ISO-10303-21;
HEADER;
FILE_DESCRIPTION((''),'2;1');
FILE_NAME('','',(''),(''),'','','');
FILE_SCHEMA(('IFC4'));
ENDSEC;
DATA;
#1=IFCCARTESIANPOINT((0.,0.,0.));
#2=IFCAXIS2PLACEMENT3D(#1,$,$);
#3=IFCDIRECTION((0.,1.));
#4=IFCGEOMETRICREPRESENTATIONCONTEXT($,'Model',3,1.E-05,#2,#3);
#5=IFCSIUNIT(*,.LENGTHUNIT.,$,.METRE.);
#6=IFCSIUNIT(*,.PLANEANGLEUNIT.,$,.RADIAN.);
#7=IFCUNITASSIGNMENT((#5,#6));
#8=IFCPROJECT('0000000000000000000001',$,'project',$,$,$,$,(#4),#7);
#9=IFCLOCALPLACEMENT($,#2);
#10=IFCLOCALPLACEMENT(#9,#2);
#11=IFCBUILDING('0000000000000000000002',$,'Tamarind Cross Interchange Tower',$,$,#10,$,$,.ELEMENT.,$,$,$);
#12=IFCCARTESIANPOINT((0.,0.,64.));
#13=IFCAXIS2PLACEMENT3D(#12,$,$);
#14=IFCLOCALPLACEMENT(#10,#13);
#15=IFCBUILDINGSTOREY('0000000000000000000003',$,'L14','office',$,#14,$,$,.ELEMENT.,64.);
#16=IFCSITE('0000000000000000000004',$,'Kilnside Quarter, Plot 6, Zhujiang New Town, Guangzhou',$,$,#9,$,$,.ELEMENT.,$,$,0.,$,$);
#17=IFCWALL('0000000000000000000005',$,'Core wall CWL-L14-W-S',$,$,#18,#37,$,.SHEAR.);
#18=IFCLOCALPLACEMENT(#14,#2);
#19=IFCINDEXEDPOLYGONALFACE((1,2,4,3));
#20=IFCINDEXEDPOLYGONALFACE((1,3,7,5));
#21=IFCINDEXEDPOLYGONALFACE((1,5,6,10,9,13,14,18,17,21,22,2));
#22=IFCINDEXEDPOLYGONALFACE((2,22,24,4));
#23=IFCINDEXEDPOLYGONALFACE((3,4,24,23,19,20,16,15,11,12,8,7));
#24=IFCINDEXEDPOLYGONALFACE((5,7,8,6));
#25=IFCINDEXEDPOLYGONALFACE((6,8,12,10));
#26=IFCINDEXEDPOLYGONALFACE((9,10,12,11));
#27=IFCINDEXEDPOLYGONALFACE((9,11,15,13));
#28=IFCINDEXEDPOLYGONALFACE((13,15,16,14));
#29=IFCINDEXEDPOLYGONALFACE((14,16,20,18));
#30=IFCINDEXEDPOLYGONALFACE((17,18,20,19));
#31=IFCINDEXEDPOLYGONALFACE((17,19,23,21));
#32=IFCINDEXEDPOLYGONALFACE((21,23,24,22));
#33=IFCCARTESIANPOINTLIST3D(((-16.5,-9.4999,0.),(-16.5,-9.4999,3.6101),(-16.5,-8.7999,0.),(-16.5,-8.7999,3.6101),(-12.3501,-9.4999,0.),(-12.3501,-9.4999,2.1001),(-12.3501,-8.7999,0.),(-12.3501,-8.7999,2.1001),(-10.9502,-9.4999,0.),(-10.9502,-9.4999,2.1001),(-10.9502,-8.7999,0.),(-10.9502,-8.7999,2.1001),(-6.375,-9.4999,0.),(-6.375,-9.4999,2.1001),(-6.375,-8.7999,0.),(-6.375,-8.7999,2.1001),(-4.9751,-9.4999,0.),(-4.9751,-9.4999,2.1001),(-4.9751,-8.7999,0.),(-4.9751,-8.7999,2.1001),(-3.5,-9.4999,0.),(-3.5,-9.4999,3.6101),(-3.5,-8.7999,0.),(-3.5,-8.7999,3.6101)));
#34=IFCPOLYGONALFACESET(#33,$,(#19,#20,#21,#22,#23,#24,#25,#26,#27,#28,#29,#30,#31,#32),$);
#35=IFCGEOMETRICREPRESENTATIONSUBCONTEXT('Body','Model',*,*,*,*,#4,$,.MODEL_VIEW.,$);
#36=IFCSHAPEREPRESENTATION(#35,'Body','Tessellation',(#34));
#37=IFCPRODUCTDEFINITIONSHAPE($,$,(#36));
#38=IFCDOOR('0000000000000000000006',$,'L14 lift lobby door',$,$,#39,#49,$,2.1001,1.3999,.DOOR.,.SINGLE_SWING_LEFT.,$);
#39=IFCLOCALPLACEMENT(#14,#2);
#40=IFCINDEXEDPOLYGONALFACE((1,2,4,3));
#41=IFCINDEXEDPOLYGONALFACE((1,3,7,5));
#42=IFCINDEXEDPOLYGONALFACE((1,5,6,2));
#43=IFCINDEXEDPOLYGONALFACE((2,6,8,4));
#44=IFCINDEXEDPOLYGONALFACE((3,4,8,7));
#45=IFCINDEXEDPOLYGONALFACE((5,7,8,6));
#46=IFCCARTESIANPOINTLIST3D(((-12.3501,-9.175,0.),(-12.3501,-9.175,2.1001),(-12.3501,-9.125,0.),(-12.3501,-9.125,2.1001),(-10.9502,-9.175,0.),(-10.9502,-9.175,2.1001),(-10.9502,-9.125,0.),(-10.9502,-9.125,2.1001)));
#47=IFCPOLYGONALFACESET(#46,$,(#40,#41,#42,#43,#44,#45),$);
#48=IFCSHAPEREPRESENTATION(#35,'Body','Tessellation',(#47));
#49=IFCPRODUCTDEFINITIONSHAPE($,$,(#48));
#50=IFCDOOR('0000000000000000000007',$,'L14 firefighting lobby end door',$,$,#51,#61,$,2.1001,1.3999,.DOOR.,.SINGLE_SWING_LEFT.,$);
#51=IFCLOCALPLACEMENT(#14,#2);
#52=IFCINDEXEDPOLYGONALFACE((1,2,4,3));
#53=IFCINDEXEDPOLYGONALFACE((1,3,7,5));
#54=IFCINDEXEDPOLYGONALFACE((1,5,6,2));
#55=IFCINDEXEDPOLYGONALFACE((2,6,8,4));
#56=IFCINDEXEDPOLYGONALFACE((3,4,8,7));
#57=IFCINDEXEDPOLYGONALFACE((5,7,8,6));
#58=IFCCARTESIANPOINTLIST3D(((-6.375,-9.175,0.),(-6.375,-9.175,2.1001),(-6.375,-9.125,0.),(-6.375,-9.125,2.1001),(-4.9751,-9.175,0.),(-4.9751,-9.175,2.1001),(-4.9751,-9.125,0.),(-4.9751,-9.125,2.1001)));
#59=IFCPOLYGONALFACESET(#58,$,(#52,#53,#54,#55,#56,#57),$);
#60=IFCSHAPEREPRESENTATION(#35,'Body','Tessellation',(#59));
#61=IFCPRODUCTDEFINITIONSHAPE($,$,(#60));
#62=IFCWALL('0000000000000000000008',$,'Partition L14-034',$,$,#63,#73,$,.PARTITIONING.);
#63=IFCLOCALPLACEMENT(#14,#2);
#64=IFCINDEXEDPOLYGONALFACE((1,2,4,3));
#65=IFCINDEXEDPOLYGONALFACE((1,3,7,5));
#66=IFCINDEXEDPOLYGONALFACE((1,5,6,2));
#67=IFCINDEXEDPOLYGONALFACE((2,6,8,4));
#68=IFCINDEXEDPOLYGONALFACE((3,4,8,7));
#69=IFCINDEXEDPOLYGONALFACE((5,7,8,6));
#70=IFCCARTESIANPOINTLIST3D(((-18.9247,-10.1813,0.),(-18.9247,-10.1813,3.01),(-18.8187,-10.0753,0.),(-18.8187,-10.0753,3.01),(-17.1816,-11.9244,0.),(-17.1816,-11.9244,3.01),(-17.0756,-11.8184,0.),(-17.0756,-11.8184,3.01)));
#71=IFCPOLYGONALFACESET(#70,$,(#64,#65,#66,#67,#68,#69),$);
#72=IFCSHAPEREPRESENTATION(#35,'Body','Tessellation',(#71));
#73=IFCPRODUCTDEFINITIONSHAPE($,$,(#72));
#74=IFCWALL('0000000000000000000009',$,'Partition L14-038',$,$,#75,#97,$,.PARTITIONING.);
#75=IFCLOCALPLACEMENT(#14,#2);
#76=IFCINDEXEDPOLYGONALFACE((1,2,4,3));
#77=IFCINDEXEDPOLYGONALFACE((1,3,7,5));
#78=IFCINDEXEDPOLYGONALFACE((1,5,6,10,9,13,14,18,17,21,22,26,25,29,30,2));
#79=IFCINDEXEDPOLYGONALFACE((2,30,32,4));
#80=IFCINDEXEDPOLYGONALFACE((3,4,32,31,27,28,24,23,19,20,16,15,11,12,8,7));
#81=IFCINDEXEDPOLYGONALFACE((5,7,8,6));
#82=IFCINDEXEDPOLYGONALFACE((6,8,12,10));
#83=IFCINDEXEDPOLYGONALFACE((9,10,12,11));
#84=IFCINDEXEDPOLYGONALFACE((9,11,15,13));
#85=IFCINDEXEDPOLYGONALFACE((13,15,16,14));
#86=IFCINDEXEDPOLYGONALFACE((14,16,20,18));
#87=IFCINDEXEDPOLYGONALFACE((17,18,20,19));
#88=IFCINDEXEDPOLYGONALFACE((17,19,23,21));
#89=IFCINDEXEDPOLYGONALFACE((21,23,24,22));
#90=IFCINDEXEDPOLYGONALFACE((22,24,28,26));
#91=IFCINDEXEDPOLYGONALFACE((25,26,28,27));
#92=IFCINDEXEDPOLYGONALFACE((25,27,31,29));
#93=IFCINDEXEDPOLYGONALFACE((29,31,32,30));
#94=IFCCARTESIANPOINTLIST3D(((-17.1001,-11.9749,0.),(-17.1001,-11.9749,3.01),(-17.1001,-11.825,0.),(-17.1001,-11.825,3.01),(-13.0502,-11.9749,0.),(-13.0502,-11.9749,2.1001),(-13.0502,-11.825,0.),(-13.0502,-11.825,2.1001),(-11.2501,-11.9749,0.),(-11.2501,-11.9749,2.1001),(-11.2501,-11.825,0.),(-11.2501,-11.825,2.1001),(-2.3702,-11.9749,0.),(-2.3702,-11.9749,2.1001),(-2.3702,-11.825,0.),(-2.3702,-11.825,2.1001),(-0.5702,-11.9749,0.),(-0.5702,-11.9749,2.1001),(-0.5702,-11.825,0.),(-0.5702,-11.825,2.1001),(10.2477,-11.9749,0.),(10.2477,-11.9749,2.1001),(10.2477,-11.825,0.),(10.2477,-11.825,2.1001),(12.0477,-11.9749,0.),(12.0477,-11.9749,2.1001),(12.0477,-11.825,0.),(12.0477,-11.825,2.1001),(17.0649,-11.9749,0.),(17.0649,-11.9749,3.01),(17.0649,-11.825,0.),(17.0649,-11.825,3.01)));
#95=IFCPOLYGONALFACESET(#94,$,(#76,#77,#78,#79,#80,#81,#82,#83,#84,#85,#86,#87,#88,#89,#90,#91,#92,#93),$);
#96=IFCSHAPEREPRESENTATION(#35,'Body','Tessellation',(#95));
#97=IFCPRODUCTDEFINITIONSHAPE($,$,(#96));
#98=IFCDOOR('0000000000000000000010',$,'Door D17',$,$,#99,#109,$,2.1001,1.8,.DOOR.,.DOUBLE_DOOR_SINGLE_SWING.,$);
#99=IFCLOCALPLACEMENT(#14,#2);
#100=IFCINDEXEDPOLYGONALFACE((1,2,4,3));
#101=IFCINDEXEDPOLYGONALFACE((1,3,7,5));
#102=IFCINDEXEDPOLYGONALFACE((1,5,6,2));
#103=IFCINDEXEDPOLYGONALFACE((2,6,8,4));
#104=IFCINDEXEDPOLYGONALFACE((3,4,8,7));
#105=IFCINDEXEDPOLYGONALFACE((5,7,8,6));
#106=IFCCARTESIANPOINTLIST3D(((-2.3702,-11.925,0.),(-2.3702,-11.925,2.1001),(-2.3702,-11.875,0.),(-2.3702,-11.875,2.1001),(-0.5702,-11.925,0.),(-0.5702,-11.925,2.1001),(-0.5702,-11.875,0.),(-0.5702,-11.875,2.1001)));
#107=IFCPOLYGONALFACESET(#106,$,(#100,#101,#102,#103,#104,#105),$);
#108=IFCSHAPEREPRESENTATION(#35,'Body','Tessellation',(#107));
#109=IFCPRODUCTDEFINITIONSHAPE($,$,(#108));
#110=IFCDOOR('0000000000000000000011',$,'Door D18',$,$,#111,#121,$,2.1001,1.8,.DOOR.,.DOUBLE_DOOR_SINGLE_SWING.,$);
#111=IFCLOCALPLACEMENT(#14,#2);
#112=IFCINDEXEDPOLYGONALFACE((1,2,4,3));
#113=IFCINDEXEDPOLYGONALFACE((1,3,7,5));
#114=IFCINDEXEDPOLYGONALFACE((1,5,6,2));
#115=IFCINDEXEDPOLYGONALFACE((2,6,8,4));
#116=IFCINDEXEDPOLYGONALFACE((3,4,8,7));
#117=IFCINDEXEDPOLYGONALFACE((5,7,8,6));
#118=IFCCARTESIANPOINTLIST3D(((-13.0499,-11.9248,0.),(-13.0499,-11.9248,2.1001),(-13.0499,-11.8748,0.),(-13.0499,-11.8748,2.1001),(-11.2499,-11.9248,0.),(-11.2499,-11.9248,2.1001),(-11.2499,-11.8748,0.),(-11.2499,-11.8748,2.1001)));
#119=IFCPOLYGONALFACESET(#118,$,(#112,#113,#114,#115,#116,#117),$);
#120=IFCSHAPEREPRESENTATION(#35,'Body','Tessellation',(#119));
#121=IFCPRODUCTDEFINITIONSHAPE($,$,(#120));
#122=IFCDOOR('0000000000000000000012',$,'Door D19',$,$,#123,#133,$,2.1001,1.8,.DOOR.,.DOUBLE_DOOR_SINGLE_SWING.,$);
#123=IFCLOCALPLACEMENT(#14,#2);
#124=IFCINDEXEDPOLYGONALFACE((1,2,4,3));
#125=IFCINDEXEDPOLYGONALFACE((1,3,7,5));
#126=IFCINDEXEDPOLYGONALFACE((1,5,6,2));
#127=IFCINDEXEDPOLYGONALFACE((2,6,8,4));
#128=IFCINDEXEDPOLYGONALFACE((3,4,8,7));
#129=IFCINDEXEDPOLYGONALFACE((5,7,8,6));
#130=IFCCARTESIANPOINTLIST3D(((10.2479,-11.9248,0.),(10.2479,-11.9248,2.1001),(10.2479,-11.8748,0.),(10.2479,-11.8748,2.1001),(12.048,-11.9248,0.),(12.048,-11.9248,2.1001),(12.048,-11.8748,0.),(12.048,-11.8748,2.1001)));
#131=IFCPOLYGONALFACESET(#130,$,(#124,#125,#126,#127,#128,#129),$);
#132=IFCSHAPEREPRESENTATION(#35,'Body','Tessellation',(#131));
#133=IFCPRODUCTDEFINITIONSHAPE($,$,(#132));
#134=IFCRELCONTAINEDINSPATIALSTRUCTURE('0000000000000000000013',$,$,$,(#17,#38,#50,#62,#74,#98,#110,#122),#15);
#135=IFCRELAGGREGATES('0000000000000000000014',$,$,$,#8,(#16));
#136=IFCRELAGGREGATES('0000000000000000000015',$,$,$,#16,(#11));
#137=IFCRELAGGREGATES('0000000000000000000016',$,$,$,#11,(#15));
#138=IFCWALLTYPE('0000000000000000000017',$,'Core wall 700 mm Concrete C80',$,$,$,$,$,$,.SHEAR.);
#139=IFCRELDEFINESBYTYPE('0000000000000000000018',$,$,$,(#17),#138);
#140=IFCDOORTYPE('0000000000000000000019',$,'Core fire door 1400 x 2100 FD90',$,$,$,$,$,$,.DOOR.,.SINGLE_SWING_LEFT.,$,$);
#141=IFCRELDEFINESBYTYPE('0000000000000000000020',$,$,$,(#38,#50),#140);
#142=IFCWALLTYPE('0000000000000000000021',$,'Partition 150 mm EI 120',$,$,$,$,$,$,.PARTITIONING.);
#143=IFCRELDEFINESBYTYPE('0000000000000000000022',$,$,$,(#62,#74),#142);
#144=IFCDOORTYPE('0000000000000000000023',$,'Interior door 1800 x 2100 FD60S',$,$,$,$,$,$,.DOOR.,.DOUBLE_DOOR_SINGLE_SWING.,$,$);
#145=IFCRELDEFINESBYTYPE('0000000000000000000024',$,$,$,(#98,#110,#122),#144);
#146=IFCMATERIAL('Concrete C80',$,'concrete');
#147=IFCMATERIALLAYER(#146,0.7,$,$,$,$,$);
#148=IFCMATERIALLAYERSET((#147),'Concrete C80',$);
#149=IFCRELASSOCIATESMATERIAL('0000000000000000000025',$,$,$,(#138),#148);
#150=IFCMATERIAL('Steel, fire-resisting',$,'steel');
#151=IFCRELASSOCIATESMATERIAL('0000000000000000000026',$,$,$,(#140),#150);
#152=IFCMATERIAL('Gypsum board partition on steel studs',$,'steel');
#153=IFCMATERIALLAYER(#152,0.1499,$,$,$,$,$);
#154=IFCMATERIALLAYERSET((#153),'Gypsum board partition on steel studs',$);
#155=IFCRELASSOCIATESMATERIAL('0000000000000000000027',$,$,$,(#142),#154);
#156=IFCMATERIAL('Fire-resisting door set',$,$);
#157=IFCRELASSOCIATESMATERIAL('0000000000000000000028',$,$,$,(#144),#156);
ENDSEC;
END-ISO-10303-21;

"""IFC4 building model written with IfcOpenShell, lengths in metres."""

from ifc_helpers import new_model, si_unit, direction, frame, frame_2d, origin, place, context, subcontext, project, spatial, rectangle, extrude, material, layer, layer_set, type_object, element, fill, save


model = new_model("IFC4")

# Units and contexts
model_context = context("Model", 3, precision=1e-05, world=origin(), true_north=direction((0.0, 1.0)))
body_context = subcontext(model_context, "Body", "Model", "MODEL_VIEW")
ifc_project = project(units=[si_unit("LENGTHUNIT", "METRE"), si_unit("PLANEANGLEUNIT", "RADIAN")], contexts=[model_context])

# Site, building, storey
site_placement = place(None, origin())
site = spatial("IfcSite", under=ifc_project, at=site_placement, Name="Kilnside Quarter, Plot 6, Zhujiang New Town, Guangzhou", CompositionType="ELEMENT", RefElevation=0.0)
building_placement = place(site_placement, origin())
building = spatial("IfcBuilding", under=site, at=building_placement, Name="Tamarind Cross Interchange Tower", CompositionType="ELEMENT")
storey_placement = place(building_placement, frame((0.0, 0.0, 64.0)))
storey = spatial("IfcBuildingStorey", under=building, at=storey_placement, Name="L14", Description="office", CompositionType="ELEMENT", Elevation=64.0)

# Wall, openings, doors
ifc_material_1 = material(Name="Concrete C80", Category="concrete")
ifc_layer_1 = layer(ifc_material_1, 0.7)
ifc_layer_set_1 = layer_set([ifc_layer_1], Name="Concrete C80")
wall_type_1 = type_object("IfcWallType", Name="Core wall 700 mm Concrete C80", PredefinedType="SHEAR", material=ifc_layer_set_1)
wall_1_placement = place(storey_placement, frame((-16.5, -9.1499, 0.0), z_axis=(0.0, 0.0, 1.0), x_axis=(1.0, 0.0, 0.0)))
wall_1 = element("IfcWall", 1, at=wall_1_placement, inside=storey, type_object=wall_type_1, Name="Core wall CWL-L14-W-S", PredefinedType="SHEAR", context=body_context, shape_type="SweptSolid", body=[
    extrude(rectangle(XDim=13.0, YDim=0.7, at=frame_2d((6.5, 0.0))), origin(), (0.0, 0.0, 1.0), 3.6101),
])
opening_1_placement = place(wall_1_placement, frame((4.1499, 0.0, 0.0)))
opening_1 = element("IfcOpeningElement", 2, at=opening_1_placement, cuts=wall_1, PredefinedType="OPENING", context=body_context, shape_type="SweptSolid", body=[
    extrude(rectangle(XDim=1.3999, YDim=2.1001, at=frame_2d((0.7, 1.05))), frame((0.0, 0.3599, 0.0), z_axis=(0.0, -1.0, 0.0), x_axis=(1.0, 0.0, 0.0)), (0.0, 0.0, 1.0), 0.72),
])
opening_2_placement = place(wall_1_placement, frame((10.125, 0.0, 0.0)))
opening_2 = element("IfcOpeningElement", 3, at=opening_2_placement, cuts=wall_1, PredefinedType="OPENING", context=body_context, shape_type="SweptSolid", body=[
    extrude(rectangle(XDim=1.3999, YDim=2.1001, at=frame_2d((0.7, 1.05))), frame((0.0, 0.3599, 0.0), z_axis=(0.0, -1.0, 0.0), x_axis=(1.0, 0.0, 0.0)), (0.0, 0.0, 1.0), 0.72),
])
ifc_material_2 = material(Name="Steel, fire-resisting", Category="steel")
door_type_1 = type_object("IfcDoorType", Name="Core fire door 1400 x 2100 FD90", OperationType="SINGLE_SWING_LEFT", PredefinedType="DOOR", material=ifc_material_2)
door_1_placement = place(opening_1_placement, origin())
door_1 = element("IfcDoor", 4, at=door_1_placement, inside=storey, type_object=door_type_1, Name="L14 lift lobby door", OperationType="SINGLE_SWING_LEFT", OverallHeight=2.1001, OverallWidth=1.3999, PredefinedType="DOOR", context=body_context, shape_type="SweptSolid", body=[
    extrude(rectangle(XDim=1.3999, YDim=2.1001, at=frame_2d((0.7, 1.05))), frame((0.0, 0.0249, 0.0), z_axis=(0.0, -1.0, 0.0), x_axis=(1.0, 0.0, 0.0)), (0.0, 0.0, 1.0), 0.05),
])
fill(opening_1, door_1)
door_2_placement = place(opening_2_placement, origin())
door_2 = element("IfcDoor", 5, at=door_2_placement, inside=storey, type_object=door_type_1, Name="L14 firefighting lobby end door", OperationType="SINGLE_SWING_LEFT", OverallHeight=2.1001, OverallWidth=1.3999, PredefinedType="DOOR", context=body_context, shape_type="SweptSolid", body=[
    extrude(rectangle(XDim=1.3999, YDim=2.1001, at=frame_2d((0.7, 1.05))), frame((0.0, 0.0249, 0.0), z_axis=(0.0, -1.0, 0.0), x_axis=(1.0, 0.0, 0.0)), (0.0, 0.0, 1.0), 0.05),
])
fill(opening_2, door_2)

# Wall
ifc_material_3 = material(Name="Gypsum board partition on steel studs", Category="steel")
ifc_layer_2 = layer(ifc_material_3, 0.1499)
ifc_layer_set_2 = layer_set([ifc_layer_2], Name="Gypsum board partition on steel studs")
wall_type_2 = type_object("IfcWallType", Name="Partition 150 mm EI 120", PredefinedType="PARTITIONING", material=ifc_layer_set_2)
wall_2_placement = place(storey_placement, frame((-18.8716, -10.1284, 0.0), z_axis=(0.0, 0.0, 1.0), x_axis=(0.707107, -0.707107, 0.0)))
element("IfcWall", 6, at=wall_2_placement, inside=storey, type_object=wall_type_2, Name="Partition L14-034", PredefinedType="PARTITIONING", context=body_context, shape_type="SweptSolid", body=[
    extrude(rectangle(XDim=2.4651, YDim=0.1499, at=frame_2d((1.2324, 0.0))), origin(), (0.0, 0.0, 1.0), 3.01),
])

# Wall, openings, doors
wall_3_placement = place(storey_placement, frame((-17.1001, -11.8999, 0.0), z_axis=(0.0, 0.0, 1.0), x_axis=(1.0, 0.0, 0.0)))
wall_3 = element("IfcWall", 7, at=wall_3_placement, inside=storey, type_object=wall_type_2, Name="Partition L14-038", PredefinedType="PARTITIONING", context=body_context, shape_type="SweptSolid", body=[
    extrude(rectangle(XDim=34.165, YDim=0.1499, at=frame_2d((17.0825, 0.0))), origin(), (0.0, 0.0, 1.0), 3.01),
])
opening_3_placement = place(wall_3_placement, frame((14.73, 0.0, 0.0)))
opening_3 = element("IfcOpeningElement", 8, at=opening_3_placement, cuts=wall_3, PredefinedType="OPENING", context=body_context, shape_type="SweptSolid", body=[
    extrude(rectangle(XDim=1.8, YDim=2.1001, at=frame_2d((0.8999, 1.05))), frame((0.0, 0.085, 0.0), z_axis=(0.0, -1.0, 0.0), x_axis=(1.0, 0.0, 0.0)), (0.0, 0.0, 1.0), 0.1699),
])
opening_4_placement = place(wall_3_placement, frame((4.05, 0.0, 0.0)))
opening_4 = element("IfcOpeningElement", 9, at=opening_4_placement, cuts=wall_3, PredefinedType="OPENING", context=body_context, shape_type="SweptSolid", body=[
    extrude(rectangle(XDim=1.8, YDim=2.1001, at=frame_2d((0.8999, 1.05))), frame((0.0, 0.085, 0.0), z_axis=(0.0, -1.0, 0.0), x_axis=(1.0, 0.0, 0.0)), (0.0, 0.0, 1.0), 0.1699),
])
opening_5_placement = place(wall_3_placement, frame((27.3479, 0.0, 0.0)))
opening_5 = element("IfcOpeningElement", 10, at=opening_5_placement, cuts=wall_3, PredefinedType="OPENING", context=body_context, shape_type="SweptSolid", body=[
    extrude(rectangle(XDim=1.8, YDim=2.1001, at=frame_2d((0.8999, 1.05))), frame((0.0, 0.085, 0.0), z_axis=(0.0, -1.0, 0.0), x_axis=(1.0, 0.0, 0.0)), (0.0, 0.0, 1.0), 0.1699),
])
ifc_material_4 = material(Name="Fire-resisting door set")
door_type_2 = type_object("IfcDoorType", Name="Interior door 1800 x 2100 FD60S", OperationType="DOUBLE_DOOR_SINGLE_SWING", PredefinedType="DOOR", material=ifc_material_4)
door_3_placement = place(opening_3_placement, origin())
door_3 = element("IfcDoor", 11, at=door_3_placement, inside=storey, type_object=door_type_2, Name="Door D17", OperationType="DOUBLE_DOOR_SINGLE_SWING", OverallHeight=2.1001, OverallWidth=1.8, PredefinedType="DOOR", context=body_context, shape_type="SweptSolid", body=[
    extrude(rectangle(XDim=1.8, YDim=2.1001, at=frame_2d((0.8999, 1.05))), frame((0.0, 0.0249, 0.0), z_axis=(0.0, -1.0, 0.0), x_axis=(1.0, 0.0, 0.0)), (0.0, 0.0, 1.0), 0.05),
])
fill(opening_3, door_3)
door_4_placement = place(opening_4_placement, frame((1.8, 0.0, 0.0), z_axis=(0.0, 0.0, 1.0), x_axis=(-1.0, 0.0, 0.0)))
door_4 = element("IfcDoor", 12, at=door_4_placement, inside=storey, type_object=door_type_2, Name="Door D18", OperationType="DOUBLE_DOOR_SINGLE_SWING", OverallHeight=2.1001, OverallWidth=1.8, PredefinedType="DOOR", context=body_context, shape_type="SweptSolid", body=[
    extrude(rectangle(XDim=1.8, YDim=2.1001, at=frame_2d((0.8999, 1.05))), frame((0.0, 0.0249, 0.0), z_axis=(0.0, -1.0, 0.0), x_axis=(1.0, 0.0, 0.0)), (0.0, 0.0, 1.0), 0.05),
])
fill(opening_4, door_4)
door_5_placement = place(opening_5_placement, frame((1.8, 0.0, 0.0), z_axis=(0.0, 0.0, 1.0), x_axis=(-1.0, 0.0, 0.0)))
door_5 = element("IfcDoor", 13, at=door_5_placement, inside=storey, type_object=door_type_2, Name="Door D19", OperationType="DOUBLE_DOOR_SINGLE_SWING", OverallHeight=2.1001, OverallWidth=1.8, PredefinedType="DOOR", context=body_context, shape_type="SweptSolid", body=[
    extrude(rectangle(XDim=1.8, YDim=2.1001, at=frame_2d((0.8999, 1.05))), frame((0.0, 0.0249, 0.0), z_axis=(0.0, -1.0, 0.0), x_axis=(1.0, 0.0, 0.0)), (0.0, 0.0, 1.0), 0.05),
])
fill(opening_5, door_5)

save(model, "model.ifc")
